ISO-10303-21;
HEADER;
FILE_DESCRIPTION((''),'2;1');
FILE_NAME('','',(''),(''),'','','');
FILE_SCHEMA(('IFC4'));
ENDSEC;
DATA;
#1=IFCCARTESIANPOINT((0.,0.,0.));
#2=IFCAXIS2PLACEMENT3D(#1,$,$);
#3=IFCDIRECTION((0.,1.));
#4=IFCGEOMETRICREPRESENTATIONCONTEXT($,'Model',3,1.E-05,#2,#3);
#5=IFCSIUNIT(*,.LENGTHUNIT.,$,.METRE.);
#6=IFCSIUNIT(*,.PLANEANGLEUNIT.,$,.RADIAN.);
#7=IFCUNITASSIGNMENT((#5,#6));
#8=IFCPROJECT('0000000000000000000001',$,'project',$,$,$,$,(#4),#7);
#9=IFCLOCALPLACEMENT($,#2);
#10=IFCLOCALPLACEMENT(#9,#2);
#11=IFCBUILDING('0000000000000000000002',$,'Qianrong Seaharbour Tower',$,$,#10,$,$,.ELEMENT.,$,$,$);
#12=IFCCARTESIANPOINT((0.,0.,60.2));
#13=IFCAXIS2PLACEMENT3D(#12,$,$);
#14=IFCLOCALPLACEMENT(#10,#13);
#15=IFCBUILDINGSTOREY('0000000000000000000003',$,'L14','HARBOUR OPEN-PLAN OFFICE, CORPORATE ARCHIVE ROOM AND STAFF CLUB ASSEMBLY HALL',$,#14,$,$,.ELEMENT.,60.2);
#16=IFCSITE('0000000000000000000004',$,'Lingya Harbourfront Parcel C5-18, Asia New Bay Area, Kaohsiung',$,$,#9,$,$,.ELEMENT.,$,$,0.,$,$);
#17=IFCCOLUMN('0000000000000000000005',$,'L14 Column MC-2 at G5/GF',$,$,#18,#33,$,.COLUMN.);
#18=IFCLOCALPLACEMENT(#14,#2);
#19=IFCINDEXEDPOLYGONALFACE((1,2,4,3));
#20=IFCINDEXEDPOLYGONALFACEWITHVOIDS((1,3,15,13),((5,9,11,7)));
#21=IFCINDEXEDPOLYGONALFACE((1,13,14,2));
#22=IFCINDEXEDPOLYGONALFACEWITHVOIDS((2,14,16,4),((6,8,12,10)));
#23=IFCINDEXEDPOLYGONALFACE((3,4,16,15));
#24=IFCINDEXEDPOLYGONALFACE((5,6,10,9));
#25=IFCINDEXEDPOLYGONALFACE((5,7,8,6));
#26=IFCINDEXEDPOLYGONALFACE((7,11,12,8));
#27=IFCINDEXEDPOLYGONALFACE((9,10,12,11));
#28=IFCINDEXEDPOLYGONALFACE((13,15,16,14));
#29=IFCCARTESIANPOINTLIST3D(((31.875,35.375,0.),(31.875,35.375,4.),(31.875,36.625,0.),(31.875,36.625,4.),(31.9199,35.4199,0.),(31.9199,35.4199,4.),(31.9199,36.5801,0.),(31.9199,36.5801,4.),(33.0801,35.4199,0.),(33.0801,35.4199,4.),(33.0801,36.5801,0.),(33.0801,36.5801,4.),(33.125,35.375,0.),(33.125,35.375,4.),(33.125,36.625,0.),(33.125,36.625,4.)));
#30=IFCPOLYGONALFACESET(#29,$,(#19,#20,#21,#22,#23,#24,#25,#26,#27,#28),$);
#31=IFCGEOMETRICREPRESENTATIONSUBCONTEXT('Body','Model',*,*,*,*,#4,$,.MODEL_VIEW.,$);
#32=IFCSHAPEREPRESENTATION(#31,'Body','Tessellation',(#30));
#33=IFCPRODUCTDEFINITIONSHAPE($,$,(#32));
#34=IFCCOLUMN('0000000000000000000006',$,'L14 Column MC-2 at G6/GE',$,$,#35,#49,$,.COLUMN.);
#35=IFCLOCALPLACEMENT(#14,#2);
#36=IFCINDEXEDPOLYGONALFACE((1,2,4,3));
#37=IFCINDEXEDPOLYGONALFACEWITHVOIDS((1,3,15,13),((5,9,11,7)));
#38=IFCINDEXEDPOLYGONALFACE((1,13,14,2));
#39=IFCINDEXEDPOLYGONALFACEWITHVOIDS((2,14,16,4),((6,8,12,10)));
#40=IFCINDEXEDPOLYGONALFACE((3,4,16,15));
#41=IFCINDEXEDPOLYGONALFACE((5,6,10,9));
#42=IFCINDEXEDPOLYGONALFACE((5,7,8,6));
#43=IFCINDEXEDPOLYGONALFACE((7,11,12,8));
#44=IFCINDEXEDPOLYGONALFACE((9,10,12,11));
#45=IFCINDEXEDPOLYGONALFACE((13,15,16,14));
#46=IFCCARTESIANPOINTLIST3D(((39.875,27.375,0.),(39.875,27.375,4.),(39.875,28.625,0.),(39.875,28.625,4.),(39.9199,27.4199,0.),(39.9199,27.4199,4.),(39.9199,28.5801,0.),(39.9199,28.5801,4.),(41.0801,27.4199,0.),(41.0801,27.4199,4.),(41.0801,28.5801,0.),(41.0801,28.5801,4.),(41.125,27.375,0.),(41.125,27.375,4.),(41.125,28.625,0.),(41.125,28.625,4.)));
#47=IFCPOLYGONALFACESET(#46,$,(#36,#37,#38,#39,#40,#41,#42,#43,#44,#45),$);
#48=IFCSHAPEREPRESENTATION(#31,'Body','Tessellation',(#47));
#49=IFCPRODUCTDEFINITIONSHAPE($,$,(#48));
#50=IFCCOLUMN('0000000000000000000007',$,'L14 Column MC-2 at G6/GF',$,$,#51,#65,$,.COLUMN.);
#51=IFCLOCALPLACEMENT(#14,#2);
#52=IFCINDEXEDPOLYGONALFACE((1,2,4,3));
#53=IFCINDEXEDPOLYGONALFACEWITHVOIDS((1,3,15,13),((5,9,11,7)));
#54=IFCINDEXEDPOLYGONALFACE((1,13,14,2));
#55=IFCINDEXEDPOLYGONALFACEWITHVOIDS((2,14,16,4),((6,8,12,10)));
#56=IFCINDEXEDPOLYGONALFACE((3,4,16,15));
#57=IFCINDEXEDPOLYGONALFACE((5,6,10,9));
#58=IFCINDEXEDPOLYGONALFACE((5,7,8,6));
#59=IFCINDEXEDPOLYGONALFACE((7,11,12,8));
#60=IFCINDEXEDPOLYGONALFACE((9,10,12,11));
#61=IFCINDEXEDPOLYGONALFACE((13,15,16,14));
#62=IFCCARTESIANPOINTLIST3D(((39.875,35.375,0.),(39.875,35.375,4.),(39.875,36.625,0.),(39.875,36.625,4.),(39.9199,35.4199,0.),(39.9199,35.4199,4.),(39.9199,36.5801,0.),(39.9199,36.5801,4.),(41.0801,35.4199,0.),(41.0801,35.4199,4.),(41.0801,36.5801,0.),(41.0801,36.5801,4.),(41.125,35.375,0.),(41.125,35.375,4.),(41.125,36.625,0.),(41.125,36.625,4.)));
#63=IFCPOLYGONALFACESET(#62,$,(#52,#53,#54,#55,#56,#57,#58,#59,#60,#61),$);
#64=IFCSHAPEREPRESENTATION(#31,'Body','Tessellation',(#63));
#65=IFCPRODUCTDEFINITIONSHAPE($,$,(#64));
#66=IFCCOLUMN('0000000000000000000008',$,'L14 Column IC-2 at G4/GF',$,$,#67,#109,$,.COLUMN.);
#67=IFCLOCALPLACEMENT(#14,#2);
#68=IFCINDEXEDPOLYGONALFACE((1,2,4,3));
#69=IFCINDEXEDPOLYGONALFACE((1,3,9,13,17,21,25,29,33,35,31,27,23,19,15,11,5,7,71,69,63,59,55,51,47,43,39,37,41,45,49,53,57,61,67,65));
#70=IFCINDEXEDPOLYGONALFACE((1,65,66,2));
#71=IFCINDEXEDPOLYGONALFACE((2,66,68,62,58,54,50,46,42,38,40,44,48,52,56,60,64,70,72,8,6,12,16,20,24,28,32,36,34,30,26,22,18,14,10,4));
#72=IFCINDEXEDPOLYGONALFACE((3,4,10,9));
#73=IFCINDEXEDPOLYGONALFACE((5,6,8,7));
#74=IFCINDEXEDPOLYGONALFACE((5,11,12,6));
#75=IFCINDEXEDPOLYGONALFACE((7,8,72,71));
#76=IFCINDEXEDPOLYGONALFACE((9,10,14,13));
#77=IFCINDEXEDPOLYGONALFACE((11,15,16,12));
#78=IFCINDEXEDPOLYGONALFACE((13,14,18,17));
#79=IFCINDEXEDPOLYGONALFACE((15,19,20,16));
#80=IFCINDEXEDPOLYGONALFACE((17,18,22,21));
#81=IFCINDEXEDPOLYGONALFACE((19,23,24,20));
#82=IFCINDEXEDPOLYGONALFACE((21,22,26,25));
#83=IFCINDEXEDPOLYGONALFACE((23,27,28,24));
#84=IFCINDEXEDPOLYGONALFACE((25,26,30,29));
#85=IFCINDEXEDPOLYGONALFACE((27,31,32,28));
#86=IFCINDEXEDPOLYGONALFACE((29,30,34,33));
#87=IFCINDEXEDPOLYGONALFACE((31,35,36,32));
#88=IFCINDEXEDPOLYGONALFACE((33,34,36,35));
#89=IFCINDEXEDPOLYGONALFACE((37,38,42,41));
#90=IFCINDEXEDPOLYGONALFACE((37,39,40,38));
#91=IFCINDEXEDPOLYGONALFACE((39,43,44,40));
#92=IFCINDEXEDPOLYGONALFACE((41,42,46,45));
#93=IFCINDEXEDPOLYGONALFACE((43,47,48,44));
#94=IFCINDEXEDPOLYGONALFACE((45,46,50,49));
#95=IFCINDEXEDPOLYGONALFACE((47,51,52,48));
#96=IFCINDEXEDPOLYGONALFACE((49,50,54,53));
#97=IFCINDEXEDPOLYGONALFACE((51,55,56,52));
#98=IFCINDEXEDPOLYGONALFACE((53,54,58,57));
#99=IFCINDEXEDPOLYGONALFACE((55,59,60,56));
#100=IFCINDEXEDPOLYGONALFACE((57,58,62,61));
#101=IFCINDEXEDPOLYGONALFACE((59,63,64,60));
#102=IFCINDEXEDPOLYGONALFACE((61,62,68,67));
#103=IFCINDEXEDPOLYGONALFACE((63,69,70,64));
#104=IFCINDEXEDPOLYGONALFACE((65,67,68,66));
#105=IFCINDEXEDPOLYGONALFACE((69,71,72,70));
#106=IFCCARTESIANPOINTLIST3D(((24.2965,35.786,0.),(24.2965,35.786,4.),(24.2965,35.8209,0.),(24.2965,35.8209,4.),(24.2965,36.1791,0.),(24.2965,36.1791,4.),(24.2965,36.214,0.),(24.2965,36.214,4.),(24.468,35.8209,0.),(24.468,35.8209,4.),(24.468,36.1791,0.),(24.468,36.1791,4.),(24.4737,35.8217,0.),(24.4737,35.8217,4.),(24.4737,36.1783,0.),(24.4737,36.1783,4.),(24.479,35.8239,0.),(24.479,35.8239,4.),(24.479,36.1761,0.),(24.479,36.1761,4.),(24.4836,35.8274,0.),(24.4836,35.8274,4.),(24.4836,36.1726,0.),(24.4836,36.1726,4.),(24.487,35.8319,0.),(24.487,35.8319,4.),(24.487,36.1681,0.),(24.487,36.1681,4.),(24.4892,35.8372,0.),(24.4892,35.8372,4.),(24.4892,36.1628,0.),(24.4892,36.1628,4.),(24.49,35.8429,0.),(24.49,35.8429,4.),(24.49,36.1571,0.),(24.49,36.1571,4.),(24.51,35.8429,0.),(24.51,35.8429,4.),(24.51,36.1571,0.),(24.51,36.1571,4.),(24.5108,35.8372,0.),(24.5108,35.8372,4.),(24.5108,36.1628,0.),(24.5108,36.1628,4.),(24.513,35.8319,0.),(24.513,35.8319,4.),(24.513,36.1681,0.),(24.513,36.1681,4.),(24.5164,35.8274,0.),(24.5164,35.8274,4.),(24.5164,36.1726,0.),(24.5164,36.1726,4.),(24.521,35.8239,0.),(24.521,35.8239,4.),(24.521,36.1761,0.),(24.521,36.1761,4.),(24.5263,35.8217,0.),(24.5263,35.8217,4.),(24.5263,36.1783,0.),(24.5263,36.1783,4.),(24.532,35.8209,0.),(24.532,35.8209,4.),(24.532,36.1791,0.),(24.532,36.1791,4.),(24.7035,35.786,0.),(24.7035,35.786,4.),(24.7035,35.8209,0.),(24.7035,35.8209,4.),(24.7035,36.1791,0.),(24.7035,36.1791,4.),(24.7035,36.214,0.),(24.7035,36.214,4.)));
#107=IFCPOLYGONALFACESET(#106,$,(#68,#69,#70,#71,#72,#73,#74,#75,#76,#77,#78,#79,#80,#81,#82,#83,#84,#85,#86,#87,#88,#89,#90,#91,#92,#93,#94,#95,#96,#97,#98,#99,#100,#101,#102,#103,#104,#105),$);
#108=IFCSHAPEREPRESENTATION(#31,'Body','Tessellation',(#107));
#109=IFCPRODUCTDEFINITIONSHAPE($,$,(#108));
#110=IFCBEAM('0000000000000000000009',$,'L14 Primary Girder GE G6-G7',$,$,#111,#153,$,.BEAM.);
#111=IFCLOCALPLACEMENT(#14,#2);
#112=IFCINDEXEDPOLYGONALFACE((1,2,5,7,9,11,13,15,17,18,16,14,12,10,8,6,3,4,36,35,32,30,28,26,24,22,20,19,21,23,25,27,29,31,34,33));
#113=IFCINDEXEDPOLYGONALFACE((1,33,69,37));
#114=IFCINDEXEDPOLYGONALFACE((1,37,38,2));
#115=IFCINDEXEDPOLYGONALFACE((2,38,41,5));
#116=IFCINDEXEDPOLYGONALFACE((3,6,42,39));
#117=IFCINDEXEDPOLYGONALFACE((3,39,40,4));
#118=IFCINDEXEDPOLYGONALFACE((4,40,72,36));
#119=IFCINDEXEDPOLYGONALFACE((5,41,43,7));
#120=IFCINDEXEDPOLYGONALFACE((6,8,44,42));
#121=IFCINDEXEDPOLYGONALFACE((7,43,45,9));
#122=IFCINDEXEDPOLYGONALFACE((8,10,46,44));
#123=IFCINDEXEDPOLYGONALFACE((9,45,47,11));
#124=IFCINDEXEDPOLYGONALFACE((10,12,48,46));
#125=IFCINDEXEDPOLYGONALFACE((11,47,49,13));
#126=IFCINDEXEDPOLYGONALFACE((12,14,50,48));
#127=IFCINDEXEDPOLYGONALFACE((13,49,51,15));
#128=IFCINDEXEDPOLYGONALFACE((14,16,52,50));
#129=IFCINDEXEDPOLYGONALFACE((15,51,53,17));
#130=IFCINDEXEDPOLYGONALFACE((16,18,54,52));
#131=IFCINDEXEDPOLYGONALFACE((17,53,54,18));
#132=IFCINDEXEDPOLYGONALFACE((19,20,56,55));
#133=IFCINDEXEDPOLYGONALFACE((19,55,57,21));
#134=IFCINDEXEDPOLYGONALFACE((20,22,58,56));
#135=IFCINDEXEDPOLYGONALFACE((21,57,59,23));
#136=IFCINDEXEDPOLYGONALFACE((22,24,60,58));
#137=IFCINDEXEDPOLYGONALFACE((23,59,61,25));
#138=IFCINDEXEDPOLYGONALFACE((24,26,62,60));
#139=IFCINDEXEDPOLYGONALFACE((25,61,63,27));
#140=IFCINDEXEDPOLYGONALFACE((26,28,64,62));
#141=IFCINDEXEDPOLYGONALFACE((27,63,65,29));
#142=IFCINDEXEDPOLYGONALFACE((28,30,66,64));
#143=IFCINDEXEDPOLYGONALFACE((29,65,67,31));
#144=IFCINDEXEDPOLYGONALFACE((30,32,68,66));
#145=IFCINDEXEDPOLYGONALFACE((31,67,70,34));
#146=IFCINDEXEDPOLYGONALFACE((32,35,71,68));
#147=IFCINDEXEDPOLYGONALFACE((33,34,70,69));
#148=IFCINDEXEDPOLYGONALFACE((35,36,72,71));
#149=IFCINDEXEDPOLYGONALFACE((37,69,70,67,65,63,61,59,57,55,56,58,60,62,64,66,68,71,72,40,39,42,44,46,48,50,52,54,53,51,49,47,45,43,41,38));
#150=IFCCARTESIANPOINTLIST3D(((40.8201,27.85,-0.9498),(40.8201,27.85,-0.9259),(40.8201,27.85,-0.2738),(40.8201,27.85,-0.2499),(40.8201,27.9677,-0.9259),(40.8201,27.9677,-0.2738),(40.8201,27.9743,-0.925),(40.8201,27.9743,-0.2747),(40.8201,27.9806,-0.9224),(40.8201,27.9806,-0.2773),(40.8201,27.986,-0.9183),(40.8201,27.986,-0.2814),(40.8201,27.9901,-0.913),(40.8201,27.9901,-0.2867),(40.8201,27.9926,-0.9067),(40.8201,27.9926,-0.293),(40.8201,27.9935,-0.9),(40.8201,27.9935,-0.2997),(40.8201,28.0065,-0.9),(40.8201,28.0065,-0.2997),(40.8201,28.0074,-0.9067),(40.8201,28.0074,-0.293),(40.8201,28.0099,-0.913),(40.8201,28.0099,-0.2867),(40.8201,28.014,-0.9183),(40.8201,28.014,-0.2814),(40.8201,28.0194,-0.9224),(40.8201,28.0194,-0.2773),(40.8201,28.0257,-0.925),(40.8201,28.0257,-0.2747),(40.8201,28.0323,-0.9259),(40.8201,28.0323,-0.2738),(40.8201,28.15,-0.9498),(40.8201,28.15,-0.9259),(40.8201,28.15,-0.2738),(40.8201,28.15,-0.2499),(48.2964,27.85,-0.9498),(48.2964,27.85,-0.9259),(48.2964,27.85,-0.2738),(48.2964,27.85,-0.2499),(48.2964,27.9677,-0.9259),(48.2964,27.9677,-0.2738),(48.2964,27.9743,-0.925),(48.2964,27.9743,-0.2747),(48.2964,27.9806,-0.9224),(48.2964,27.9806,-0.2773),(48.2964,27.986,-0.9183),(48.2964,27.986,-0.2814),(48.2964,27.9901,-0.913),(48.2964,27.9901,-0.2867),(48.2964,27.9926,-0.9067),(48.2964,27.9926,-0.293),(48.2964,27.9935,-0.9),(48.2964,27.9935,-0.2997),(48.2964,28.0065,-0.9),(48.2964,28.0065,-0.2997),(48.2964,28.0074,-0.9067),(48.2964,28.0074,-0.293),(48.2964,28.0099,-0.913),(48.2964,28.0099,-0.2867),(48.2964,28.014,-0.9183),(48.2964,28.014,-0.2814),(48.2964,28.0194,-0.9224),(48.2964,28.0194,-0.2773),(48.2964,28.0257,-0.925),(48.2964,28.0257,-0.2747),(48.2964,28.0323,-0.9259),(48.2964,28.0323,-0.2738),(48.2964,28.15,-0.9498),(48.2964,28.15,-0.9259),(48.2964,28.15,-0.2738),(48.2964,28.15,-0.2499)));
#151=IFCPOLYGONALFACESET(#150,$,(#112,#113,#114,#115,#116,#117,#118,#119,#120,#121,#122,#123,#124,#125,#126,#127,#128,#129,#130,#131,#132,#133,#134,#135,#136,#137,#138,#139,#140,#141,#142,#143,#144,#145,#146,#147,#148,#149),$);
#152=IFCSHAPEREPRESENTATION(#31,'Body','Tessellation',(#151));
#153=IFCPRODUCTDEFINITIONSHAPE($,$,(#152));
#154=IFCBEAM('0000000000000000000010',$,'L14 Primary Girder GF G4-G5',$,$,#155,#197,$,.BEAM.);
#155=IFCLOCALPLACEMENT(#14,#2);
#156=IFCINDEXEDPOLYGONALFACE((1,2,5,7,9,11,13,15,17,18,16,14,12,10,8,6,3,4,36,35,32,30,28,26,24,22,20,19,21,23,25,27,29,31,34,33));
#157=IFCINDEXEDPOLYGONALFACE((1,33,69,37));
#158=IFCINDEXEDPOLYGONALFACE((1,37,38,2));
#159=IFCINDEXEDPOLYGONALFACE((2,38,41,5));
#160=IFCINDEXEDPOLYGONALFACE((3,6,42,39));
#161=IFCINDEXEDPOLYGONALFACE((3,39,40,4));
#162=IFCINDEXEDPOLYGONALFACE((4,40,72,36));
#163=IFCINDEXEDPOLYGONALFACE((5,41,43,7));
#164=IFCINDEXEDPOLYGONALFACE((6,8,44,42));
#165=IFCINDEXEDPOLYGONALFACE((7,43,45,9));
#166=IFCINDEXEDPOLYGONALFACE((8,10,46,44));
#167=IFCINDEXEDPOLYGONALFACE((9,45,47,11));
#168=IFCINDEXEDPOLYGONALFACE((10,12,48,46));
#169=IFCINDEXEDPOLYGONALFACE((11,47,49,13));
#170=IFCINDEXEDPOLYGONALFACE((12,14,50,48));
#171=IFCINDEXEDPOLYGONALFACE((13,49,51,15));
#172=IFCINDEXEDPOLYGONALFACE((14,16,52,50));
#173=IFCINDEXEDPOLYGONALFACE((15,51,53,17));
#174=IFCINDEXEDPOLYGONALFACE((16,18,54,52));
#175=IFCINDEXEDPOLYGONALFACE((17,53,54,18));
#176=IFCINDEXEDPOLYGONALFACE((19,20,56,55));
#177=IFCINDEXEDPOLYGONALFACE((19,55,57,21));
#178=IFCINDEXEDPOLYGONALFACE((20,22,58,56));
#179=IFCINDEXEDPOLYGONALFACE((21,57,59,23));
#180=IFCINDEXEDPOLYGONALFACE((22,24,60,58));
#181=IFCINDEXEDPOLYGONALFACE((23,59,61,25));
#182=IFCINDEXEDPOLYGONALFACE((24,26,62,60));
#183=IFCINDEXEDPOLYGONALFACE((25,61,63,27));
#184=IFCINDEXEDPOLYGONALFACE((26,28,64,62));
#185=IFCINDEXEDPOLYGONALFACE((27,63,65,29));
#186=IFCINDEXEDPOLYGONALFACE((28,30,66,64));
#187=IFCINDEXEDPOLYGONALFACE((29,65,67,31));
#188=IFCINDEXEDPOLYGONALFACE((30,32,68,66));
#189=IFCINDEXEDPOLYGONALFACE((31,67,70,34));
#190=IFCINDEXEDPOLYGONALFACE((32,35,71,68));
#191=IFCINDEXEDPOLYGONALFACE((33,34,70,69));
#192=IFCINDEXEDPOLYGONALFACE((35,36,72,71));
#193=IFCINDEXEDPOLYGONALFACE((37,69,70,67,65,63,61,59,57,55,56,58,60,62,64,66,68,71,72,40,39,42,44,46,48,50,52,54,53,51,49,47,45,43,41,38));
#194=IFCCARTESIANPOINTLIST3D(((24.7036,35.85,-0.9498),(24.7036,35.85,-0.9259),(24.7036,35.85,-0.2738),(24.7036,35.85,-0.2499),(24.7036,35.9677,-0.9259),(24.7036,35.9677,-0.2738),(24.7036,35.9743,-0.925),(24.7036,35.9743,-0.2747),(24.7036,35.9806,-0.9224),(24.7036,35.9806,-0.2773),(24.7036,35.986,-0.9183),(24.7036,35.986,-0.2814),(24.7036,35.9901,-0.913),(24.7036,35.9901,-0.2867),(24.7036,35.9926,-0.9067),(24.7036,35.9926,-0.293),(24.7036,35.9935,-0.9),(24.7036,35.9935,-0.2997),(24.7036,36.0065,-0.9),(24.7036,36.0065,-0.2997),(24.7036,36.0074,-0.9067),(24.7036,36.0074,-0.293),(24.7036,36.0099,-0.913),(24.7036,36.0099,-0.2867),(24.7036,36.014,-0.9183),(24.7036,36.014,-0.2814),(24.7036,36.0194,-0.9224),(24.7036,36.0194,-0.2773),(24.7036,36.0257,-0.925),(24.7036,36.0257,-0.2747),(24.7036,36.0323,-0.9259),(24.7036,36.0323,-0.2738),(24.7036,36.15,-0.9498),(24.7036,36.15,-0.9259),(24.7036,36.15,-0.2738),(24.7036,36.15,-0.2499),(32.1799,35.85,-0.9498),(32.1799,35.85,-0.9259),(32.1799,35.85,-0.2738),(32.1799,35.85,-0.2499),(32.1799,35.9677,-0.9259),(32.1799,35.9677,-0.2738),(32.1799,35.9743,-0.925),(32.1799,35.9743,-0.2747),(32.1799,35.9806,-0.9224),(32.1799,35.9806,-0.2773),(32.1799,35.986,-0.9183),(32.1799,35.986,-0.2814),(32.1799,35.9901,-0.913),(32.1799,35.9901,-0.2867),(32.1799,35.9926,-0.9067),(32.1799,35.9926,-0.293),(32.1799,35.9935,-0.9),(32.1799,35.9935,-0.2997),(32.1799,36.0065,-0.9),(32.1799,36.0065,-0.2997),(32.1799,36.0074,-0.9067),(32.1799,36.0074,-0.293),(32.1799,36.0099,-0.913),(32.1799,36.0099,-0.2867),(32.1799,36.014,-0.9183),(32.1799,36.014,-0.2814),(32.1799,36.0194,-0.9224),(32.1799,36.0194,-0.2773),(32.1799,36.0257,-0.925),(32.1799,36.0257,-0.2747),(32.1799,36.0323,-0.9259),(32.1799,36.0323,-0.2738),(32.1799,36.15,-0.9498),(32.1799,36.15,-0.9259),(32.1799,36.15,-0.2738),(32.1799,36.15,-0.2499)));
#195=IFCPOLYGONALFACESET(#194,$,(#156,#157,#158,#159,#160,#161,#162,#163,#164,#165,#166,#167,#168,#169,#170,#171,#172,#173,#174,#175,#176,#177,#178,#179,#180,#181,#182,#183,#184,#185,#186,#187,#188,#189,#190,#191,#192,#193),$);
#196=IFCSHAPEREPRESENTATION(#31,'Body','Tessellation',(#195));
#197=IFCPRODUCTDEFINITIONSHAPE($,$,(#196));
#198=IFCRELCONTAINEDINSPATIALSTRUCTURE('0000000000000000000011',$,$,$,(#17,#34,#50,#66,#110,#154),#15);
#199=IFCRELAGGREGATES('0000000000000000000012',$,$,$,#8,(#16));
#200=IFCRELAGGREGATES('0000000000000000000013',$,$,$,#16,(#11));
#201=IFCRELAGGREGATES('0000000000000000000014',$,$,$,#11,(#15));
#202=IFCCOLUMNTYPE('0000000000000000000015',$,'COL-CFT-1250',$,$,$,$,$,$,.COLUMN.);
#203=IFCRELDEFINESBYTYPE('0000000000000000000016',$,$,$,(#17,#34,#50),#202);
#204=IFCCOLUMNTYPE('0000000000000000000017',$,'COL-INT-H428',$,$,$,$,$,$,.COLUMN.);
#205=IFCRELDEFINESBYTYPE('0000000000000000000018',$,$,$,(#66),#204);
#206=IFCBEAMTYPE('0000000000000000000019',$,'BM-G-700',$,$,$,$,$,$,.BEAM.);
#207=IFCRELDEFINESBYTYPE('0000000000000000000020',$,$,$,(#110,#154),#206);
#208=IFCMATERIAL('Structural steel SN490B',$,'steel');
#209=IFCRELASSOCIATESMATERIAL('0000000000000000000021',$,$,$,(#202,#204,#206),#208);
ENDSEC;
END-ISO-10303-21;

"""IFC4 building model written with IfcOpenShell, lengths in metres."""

from ifc_helpers import new_model, si_unit, direction, frame, origin, origin_2d, place, context, subcontext, project, spatial, hollow_rectangle, i_section, extrude, material, material_profile, profile_set, type_object, element, save


model = new_model("IFC4")

# Units and contexts
model_context = context("Model", 3, precision=1e-05, world=origin(), true_north=direction((0.0, 1.0)))
body_context = subcontext(model_context, "Body", "Model", "MODEL_VIEW")
ifc_project = project(units=[si_unit("LENGTHUNIT", "METRE"), si_unit("PLANEANGLEUNIT", "RADIAN")], contexts=[model_context])

# Site, building, storey
site_placement = place(None, origin())
site = spatial("IfcSite", under=ifc_project, at=site_placement, Name="Lingya Harbourfront Parcel C5-18, Asia New Bay Area, Kaohsiung", CompositionType="ELEMENT", RefElevation=0.0)
building_placement = place(site_placement, origin())
building = spatial("IfcBuilding", under=site, at=building_placement, Name="Qianrong Seaharbour Tower", CompositionType="ELEMENT")
storey_placement = place(building_placement, frame((0.0, 0.0, 60.2)))
storey = spatial("IfcBuildingStorey", under=building, at=storey_placement, Name="L14", Description="HARBOUR OPEN-PLAN OFFICE, CORPORATE ARCHIVE ROOM AND STAFF CLUB ASSEMBLY HALL", CompositionType="ELEMENT", Elevation=60.2)

# Columns
ifc_material_1 = material(Name="Structural steel SN490B", Category="steel")
ifc_material_profile_1 = material_profile(ifc_material_1, hollow_rectangle(XDim=1.25, YDim=1.25, WallThickness=0.0449, at=origin_2d()), Name="BOX1250x1250x45")
ifc_profile_set_1 = profile_set([ifc_material_profile_1], Name="Structural steel SN490B")
column_type_1 = type_object("IfcColumnType", Name="COL-CFT-1250", PredefinedType="COLUMN", material=ifc_profile_set_1)
for number, where, z_axis, x_axis, name in (
    (1, (32.5, 36.0, 0.0), (0.0, 0.0, 1.0), (1.0, 0.0, 0.0), "L14 Column MC-2 at G5/GF"),
    (2, (40.5, 28.0, 0.0), (0.0, 0.0, 1.0), (1.0, 0.0, 0.0), "L14 Column MC-2 at G6/GE"),
    (3, (40.5, 36.0, 0.0), (0.0, 0.0, 1.0), (1.0, 0.0, 0.0), "L14 Column MC-2 at G6/GF"),
):
    element("IfcColumn", number, at=place(storey_placement, frame(where, z_axis=z_axis, x_axis=x_axis)), inside=storey, type_object=column_type_1, Name=name, PredefinedType="COLUMN", context=body_context, shape_type="SweptSolid", body=[
        extrude(hollow_rectangle(XDim=1.25, YDim=1.25, WallThickness=0.0449, at=origin_2d()), origin(), (0.0, 0.0, 1.0), 4.0),
    ])
ifc_material_profile_2 = material_profile(ifc_material_1, i_section(OverallWidth=0.407, OverallDepth=0.428, WebThickness=0.02, FlangeThickness=0.0349, FilletRadius=0.022, at=origin_2d()), Name="H428x407x20x35")
ifc_profile_set_2 = profile_set([ifc_material_profile_2], Name="Structural steel SN490B")
column_type_2 = type_object("IfcColumnType", Name="COL-INT-H428", PredefinedType="COLUMN", material=ifc_profile_set_2)
column_placement = place(storey_placement, frame((24.5, 36.0, 0.0), z_axis=(0.0, 0.0, 1.0), x_axis=(1.0, 0.0, 0.0)))
element("IfcColumn", 4, at=column_placement, inside=storey, type_object=column_type_2, Name="L14 Column IC-2 at G4/GF", PredefinedType="COLUMN", context=body_context, shape_type="SweptSolid", body=[
    extrude(i_section(OverallWidth=0.407, OverallDepth=0.428, WebThickness=0.02, FlangeThickness=0.0349, FilletRadius=0.022, at=origin_2d()), origin(), (0.0, 0.0, 1.0), 4.0),
])

# Beams
ifc_material_profile_3 = material_profile(ifc_material_1, i_section(OverallWidth=0.3, OverallDepth=0.7, WebThickness=0.0129, FlangeThickness=0.0239, FilletRadius=0.0259, at=origin_2d()), Name="H700x300x13x24")
ifc_profile_set_3 = profile_set([ifc_material_profile_3], Name="Structural steel SN490B")
beam_type_1 = type_object("IfcBeamType", Name="BM-G-700", PredefinedType="BEAM", material=ifc_profile_set_3)
for number, where, z_axis, x_axis, name in (
    (5, (40.8201, 28.0, -0.5999), (1.0, 0.0, 0.0), (0.0, 1.0, 0.0), "L14 Primary Girder GE G6-G7"),
    (6, (24.7036, 36.0, -0.5999), (1.0, 0.0, 0.0), (0.0, 1.0, 0.0), "L14 Primary Girder GF G4-G5"),
):
    element("IfcBeam", number, at=place(storey_placement, frame(where, z_axis=z_axis, x_axis=x_axis)), inside=storey, type_object=beam_type_1, Name=name, PredefinedType="BEAM", context=body_context, shape_type="SweptSolid", body=[
        extrude(i_section(OverallWidth=0.3, OverallDepth=0.7, WebThickness=0.0129, FlangeThickness=0.0239, FilletRadius=0.0259, at=origin_2d()), origin(), (0.0, 0.0, 1.0), 7.4763),
    ])

save(model, "model.ifc")
